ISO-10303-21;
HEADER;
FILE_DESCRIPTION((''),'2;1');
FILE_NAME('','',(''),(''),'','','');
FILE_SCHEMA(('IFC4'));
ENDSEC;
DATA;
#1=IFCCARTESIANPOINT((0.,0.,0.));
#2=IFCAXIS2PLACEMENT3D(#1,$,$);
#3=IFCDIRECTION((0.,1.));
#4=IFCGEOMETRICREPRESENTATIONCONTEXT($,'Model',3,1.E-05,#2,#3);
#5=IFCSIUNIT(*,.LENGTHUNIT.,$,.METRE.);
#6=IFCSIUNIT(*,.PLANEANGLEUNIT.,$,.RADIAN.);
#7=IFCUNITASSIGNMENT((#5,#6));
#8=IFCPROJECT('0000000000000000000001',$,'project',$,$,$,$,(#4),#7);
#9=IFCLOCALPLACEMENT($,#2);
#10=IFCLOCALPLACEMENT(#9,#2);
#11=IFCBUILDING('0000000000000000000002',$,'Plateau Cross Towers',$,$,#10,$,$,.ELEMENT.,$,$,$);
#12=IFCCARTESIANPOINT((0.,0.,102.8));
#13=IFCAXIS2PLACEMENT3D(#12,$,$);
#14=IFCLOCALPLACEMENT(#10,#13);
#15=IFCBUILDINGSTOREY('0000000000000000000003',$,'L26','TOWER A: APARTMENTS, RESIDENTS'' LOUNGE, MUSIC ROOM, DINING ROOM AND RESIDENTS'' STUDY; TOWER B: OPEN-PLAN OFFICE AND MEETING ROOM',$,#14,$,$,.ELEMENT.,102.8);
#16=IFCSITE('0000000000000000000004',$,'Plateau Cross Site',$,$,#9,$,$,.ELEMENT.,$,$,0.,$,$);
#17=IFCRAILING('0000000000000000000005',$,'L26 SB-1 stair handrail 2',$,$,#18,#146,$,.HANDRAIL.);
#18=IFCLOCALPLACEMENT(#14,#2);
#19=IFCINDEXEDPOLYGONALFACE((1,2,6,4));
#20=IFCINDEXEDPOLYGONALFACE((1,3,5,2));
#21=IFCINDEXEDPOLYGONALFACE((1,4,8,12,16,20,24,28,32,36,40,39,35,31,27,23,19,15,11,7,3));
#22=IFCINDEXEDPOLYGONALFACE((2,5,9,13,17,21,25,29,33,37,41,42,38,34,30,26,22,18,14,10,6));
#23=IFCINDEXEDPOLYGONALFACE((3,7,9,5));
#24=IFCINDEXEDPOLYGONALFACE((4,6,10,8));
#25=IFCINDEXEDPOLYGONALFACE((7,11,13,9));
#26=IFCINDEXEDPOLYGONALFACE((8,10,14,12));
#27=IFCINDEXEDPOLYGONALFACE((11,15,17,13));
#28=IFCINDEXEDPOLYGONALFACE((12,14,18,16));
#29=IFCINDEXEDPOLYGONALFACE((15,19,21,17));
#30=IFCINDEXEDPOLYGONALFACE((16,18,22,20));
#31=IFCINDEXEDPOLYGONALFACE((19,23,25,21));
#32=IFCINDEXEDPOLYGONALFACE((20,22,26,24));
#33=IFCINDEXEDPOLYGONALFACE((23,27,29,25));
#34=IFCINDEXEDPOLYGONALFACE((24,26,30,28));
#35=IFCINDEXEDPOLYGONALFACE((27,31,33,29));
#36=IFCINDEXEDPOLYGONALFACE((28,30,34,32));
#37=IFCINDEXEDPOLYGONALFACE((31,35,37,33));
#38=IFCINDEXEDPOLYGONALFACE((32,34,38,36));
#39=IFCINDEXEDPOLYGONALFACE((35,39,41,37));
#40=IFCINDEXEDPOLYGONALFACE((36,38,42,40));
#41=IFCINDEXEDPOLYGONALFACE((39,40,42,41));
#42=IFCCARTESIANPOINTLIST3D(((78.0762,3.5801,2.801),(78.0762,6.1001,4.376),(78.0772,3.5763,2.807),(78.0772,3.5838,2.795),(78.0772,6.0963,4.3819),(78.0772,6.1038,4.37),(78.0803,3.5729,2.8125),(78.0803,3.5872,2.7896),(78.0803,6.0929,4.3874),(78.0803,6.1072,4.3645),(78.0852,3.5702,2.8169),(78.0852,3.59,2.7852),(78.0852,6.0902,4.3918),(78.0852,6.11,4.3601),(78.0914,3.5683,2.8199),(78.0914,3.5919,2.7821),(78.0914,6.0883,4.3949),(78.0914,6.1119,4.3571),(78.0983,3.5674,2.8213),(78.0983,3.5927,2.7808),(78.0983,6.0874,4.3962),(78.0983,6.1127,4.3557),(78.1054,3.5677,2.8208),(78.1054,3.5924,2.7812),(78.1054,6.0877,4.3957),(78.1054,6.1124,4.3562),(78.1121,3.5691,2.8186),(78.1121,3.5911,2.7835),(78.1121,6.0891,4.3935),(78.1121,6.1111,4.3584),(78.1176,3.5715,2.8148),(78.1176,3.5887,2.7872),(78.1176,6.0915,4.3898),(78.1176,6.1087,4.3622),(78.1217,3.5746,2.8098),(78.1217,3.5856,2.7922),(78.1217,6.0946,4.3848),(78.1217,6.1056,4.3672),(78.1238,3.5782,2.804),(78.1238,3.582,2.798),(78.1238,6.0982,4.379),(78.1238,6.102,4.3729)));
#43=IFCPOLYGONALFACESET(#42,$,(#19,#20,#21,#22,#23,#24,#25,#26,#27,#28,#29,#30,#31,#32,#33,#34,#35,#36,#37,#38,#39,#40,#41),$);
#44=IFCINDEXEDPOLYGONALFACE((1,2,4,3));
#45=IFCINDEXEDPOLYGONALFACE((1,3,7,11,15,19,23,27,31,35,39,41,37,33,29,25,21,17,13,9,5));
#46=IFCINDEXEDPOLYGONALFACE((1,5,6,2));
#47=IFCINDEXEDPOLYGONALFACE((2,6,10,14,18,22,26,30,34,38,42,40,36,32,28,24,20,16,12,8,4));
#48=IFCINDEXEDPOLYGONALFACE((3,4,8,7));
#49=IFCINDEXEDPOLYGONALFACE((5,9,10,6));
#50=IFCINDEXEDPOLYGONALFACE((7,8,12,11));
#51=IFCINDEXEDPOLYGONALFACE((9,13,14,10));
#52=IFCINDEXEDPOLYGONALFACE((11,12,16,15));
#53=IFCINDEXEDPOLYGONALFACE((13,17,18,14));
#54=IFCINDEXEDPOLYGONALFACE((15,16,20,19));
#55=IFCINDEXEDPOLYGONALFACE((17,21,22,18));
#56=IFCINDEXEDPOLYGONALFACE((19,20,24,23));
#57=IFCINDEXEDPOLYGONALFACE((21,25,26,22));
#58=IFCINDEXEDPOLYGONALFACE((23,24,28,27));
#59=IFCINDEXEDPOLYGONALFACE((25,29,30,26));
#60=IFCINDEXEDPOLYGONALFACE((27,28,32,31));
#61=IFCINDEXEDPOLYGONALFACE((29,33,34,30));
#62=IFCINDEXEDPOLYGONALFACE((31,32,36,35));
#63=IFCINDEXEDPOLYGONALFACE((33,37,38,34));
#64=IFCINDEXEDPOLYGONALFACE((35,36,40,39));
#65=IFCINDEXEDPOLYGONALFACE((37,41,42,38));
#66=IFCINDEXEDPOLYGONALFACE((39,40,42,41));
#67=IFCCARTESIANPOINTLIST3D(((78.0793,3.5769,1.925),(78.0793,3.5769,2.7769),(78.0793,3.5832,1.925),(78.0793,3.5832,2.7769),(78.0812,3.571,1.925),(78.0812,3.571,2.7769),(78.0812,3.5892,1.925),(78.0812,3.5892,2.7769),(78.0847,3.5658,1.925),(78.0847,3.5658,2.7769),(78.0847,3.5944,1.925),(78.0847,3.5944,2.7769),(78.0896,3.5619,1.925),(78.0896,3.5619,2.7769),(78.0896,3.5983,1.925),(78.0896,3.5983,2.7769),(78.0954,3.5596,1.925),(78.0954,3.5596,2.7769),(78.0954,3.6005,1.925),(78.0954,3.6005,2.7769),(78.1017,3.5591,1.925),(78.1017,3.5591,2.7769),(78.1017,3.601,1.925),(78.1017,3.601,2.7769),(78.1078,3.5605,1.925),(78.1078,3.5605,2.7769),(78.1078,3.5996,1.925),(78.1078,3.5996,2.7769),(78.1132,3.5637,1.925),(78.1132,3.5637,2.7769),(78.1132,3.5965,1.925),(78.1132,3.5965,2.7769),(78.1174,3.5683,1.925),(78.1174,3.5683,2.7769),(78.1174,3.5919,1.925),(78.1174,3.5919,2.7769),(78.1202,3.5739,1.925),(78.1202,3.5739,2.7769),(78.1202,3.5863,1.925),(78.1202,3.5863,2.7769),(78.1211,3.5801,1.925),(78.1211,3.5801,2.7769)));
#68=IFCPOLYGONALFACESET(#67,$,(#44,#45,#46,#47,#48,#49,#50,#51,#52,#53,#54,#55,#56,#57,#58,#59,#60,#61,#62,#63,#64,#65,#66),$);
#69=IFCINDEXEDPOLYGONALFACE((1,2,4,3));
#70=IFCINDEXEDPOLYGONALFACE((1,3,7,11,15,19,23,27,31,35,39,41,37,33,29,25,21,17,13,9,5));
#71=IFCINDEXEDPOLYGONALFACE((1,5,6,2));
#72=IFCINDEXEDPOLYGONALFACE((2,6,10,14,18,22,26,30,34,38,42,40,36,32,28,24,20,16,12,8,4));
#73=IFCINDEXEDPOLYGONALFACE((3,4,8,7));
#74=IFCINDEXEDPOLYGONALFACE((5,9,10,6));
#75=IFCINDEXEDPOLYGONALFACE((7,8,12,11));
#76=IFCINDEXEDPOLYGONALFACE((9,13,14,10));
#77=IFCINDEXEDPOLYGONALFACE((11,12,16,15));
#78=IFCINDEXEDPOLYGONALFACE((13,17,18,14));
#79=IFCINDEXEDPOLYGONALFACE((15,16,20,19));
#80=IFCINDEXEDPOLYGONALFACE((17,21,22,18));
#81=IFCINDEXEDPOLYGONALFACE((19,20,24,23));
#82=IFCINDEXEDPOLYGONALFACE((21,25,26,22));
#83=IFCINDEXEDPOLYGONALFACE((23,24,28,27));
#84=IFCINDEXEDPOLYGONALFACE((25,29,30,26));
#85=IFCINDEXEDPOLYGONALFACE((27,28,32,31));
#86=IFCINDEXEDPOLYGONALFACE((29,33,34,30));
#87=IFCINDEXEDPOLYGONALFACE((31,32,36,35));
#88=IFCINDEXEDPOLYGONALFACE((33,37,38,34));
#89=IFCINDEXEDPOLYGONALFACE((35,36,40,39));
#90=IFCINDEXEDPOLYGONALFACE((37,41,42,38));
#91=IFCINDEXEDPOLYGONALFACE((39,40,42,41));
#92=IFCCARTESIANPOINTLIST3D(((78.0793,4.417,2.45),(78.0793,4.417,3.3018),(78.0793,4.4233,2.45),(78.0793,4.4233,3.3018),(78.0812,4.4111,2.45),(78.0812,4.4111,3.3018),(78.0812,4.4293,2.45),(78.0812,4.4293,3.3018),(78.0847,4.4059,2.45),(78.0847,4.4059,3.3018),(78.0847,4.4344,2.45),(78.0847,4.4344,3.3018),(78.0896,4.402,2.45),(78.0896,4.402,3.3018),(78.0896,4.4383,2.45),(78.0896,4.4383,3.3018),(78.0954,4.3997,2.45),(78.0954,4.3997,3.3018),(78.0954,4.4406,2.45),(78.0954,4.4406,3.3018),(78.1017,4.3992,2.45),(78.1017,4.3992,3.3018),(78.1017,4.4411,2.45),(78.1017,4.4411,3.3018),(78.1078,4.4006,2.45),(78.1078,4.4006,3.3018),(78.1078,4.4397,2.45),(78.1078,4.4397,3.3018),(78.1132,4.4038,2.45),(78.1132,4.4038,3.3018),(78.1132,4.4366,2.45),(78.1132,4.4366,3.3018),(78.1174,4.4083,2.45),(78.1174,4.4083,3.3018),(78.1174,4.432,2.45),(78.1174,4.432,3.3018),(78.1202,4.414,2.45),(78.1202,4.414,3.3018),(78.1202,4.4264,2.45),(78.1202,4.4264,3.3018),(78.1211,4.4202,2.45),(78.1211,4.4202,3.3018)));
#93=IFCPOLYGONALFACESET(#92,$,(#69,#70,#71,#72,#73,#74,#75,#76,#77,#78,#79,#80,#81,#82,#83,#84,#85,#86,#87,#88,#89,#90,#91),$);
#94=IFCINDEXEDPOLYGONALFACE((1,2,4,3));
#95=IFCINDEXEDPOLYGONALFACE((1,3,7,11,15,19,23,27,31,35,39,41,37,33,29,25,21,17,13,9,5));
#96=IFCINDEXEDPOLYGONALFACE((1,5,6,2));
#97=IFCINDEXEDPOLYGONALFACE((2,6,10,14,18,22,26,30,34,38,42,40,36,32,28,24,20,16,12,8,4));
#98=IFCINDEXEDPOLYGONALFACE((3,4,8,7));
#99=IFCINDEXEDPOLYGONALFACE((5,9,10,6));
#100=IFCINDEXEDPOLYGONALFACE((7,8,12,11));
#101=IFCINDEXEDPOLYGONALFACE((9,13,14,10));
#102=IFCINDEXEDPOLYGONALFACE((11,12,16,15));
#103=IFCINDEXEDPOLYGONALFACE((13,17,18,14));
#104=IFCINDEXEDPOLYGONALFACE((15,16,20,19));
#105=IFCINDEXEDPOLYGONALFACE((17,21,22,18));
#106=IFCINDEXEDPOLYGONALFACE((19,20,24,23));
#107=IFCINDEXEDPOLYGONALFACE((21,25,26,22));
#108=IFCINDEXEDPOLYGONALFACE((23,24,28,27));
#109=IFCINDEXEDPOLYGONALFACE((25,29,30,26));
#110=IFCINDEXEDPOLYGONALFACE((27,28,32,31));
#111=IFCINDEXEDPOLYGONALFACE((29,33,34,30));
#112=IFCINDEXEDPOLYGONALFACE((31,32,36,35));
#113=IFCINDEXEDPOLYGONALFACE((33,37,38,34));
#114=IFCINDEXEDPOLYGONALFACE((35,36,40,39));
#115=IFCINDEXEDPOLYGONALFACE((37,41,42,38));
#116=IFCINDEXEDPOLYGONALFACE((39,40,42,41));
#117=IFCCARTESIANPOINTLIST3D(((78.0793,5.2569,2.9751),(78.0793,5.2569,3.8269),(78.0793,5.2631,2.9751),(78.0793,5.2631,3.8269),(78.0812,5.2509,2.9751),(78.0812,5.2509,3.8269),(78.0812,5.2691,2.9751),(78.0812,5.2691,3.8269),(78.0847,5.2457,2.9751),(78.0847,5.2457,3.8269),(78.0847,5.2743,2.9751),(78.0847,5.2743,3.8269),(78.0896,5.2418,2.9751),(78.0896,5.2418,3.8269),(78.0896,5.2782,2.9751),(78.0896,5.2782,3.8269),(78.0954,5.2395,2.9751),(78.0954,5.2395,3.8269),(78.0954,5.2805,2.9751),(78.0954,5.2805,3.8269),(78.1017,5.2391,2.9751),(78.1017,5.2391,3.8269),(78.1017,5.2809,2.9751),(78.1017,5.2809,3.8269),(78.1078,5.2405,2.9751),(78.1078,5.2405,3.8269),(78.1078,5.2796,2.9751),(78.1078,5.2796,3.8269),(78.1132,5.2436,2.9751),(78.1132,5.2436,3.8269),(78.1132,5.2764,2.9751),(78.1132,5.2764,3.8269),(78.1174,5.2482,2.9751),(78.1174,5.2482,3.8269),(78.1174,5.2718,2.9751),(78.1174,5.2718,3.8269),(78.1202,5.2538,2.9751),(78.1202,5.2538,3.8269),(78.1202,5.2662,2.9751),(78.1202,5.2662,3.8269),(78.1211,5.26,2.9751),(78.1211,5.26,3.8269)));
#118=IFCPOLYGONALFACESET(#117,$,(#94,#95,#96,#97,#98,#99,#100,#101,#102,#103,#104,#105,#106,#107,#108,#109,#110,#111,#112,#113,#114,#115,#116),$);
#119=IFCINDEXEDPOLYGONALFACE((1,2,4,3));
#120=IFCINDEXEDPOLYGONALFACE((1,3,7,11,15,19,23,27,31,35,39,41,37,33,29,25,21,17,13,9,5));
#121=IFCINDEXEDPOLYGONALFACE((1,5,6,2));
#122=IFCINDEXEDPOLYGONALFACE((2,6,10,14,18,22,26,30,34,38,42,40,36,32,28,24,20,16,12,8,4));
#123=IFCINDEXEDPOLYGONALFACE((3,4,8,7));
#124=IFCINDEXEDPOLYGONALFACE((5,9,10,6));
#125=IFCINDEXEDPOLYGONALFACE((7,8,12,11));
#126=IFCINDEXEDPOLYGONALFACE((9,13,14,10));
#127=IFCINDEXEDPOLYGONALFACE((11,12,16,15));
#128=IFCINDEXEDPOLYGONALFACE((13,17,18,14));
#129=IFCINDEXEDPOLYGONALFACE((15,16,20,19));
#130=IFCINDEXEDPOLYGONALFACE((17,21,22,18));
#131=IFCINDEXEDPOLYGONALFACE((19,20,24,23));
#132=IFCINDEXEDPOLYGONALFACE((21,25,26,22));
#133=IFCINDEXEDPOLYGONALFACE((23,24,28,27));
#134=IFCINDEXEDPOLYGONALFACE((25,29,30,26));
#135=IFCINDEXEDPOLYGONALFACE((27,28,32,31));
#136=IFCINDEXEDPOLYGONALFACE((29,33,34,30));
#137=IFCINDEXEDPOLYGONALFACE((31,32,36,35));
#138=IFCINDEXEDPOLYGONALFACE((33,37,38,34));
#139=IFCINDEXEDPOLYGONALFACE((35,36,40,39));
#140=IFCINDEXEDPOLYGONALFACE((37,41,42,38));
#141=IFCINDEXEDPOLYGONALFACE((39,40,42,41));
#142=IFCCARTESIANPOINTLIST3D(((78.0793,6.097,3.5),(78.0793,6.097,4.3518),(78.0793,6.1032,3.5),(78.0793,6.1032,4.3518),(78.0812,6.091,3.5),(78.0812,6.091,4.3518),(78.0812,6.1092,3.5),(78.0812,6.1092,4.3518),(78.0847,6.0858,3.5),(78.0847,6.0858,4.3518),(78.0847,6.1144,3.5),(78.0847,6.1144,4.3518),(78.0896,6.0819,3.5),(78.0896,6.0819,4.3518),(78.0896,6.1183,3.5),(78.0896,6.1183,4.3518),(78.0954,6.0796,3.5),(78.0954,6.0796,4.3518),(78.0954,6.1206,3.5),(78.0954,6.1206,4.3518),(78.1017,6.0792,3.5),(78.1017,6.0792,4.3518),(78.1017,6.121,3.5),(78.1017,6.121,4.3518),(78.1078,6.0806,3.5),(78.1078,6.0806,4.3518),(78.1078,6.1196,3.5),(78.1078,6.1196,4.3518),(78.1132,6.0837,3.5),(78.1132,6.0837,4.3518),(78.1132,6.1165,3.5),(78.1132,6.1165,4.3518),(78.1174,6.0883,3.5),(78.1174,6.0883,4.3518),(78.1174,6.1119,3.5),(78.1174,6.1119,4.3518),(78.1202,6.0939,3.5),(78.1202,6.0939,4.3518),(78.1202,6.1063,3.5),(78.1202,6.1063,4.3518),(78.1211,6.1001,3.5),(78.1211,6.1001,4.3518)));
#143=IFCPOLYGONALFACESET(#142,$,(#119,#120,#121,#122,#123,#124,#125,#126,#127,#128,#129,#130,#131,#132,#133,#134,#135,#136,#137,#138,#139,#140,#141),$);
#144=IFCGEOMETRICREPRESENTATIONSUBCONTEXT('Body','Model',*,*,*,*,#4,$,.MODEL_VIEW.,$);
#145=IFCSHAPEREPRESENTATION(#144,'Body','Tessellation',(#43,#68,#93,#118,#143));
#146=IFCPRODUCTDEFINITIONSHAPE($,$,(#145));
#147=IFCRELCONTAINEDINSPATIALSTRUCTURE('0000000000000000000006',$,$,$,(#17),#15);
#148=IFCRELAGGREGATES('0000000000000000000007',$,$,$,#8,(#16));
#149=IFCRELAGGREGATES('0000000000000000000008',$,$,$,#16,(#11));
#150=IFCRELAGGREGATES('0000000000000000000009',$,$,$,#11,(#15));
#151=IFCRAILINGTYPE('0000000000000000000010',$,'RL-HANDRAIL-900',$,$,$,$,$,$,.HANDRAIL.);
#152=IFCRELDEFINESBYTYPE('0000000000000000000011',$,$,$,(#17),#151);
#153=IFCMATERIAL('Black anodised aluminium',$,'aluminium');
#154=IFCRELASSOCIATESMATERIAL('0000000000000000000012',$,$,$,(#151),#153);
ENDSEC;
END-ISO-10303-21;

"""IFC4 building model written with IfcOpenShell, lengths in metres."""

from ifc_helpers import new_model, si_unit, direction, frame, origin, origin_2d, place, context, subcontext, project, spatial, circle, extrude, material, type_object, element, save


model = new_model("IFC4")

# Units and contexts
model_context = context("Model", 3, precision=1e-05, world=origin(), true_north=direction((0.0, 1.0)))
body_context = subcontext(model_context, "Body", "Model", "MODEL_VIEW")
ifc_project = project(units=[si_unit("LENGTHUNIT", "METRE"), si_unit("PLANEANGLEUNIT", "RADIAN")], contexts=[model_context])

# Site, building, storey
site_placement = place(None, origin())
site = spatial("IfcSite", under=ifc_project, at=site_placement, Name="Plateau Cross Site", CompositionType="ELEMENT", RefElevation=0.0)
building_placement = place(site_placement, origin())
building = spatial("IfcBuilding", under=site, at=building_placement, Name="Plateau Cross Towers", CompositionType="ELEMENT")
storey_placement = place(building_placement, frame((0.0, 0.0, 102.8)))
storey = spatial("IfcBuildingStorey", under=building, at=storey_placement, Name="L26", Description="TOWER A: APARTMENTS, RESIDENTS' LOUNGE, MUSIC ROOM, DINING ROOM AND RESIDENTS' STUDY; TOWER B: OPEN-PLAN OFFICE AND MEETING ROOM", CompositionType="ELEMENT", Elevation=102.8)

# Railing
ifc_material_1 = material(Name="Black anodised aluminium", Category="aluminium")
railing_type_1 = type_object("IfcRailingType", Name="RL-HANDRAIL-900", PredefinedType="HANDRAIL", material=ifc_material_1)
railing_1_placement = place(storey_placement, frame((78.1001, 3.5801, 1.925)))
element("IfcRailing", 1, at=railing_1_placement, inside=storey, type_object=railing_type_1, Name="L26 SB-1 stair handrail 2", PredefinedType="HANDRAIL", context=body_context, shape_type="SweptSolid", body=[
    extrude(circle(Radius=0.0239, at=origin_2d()), frame((0.0, 0.0, 0.876), z_axis=(0.0, 0.848008, 0.529984), x_axis=(-1.0, 0.0, 0.0)), (0.0, 0.0, 1.0), 2.9717),
    extrude(circle(Radius=0.021, at=origin_2d()), origin(), (0.0, 0.0, 1.0), 0.8518),
    extrude(circle(Radius=0.021, at=origin_2d()), frame((0.0, 0.8401, 0.5249)), (0.0, 0.0, 1.0), 0.8518),
    extrude(circle(Radius=0.021, at=origin_2d()), frame((0.0, 1.6799, 1.05)), (0.0, 0.0, 1.0), 0.8518),
    extrude(circle(Radius=0.021, at=origin_2d()), frame((0.0, 2.52, 1.575)), (0.0, 0.0, 1.0), 0.8518),
])

save(model, "model.ifc")
